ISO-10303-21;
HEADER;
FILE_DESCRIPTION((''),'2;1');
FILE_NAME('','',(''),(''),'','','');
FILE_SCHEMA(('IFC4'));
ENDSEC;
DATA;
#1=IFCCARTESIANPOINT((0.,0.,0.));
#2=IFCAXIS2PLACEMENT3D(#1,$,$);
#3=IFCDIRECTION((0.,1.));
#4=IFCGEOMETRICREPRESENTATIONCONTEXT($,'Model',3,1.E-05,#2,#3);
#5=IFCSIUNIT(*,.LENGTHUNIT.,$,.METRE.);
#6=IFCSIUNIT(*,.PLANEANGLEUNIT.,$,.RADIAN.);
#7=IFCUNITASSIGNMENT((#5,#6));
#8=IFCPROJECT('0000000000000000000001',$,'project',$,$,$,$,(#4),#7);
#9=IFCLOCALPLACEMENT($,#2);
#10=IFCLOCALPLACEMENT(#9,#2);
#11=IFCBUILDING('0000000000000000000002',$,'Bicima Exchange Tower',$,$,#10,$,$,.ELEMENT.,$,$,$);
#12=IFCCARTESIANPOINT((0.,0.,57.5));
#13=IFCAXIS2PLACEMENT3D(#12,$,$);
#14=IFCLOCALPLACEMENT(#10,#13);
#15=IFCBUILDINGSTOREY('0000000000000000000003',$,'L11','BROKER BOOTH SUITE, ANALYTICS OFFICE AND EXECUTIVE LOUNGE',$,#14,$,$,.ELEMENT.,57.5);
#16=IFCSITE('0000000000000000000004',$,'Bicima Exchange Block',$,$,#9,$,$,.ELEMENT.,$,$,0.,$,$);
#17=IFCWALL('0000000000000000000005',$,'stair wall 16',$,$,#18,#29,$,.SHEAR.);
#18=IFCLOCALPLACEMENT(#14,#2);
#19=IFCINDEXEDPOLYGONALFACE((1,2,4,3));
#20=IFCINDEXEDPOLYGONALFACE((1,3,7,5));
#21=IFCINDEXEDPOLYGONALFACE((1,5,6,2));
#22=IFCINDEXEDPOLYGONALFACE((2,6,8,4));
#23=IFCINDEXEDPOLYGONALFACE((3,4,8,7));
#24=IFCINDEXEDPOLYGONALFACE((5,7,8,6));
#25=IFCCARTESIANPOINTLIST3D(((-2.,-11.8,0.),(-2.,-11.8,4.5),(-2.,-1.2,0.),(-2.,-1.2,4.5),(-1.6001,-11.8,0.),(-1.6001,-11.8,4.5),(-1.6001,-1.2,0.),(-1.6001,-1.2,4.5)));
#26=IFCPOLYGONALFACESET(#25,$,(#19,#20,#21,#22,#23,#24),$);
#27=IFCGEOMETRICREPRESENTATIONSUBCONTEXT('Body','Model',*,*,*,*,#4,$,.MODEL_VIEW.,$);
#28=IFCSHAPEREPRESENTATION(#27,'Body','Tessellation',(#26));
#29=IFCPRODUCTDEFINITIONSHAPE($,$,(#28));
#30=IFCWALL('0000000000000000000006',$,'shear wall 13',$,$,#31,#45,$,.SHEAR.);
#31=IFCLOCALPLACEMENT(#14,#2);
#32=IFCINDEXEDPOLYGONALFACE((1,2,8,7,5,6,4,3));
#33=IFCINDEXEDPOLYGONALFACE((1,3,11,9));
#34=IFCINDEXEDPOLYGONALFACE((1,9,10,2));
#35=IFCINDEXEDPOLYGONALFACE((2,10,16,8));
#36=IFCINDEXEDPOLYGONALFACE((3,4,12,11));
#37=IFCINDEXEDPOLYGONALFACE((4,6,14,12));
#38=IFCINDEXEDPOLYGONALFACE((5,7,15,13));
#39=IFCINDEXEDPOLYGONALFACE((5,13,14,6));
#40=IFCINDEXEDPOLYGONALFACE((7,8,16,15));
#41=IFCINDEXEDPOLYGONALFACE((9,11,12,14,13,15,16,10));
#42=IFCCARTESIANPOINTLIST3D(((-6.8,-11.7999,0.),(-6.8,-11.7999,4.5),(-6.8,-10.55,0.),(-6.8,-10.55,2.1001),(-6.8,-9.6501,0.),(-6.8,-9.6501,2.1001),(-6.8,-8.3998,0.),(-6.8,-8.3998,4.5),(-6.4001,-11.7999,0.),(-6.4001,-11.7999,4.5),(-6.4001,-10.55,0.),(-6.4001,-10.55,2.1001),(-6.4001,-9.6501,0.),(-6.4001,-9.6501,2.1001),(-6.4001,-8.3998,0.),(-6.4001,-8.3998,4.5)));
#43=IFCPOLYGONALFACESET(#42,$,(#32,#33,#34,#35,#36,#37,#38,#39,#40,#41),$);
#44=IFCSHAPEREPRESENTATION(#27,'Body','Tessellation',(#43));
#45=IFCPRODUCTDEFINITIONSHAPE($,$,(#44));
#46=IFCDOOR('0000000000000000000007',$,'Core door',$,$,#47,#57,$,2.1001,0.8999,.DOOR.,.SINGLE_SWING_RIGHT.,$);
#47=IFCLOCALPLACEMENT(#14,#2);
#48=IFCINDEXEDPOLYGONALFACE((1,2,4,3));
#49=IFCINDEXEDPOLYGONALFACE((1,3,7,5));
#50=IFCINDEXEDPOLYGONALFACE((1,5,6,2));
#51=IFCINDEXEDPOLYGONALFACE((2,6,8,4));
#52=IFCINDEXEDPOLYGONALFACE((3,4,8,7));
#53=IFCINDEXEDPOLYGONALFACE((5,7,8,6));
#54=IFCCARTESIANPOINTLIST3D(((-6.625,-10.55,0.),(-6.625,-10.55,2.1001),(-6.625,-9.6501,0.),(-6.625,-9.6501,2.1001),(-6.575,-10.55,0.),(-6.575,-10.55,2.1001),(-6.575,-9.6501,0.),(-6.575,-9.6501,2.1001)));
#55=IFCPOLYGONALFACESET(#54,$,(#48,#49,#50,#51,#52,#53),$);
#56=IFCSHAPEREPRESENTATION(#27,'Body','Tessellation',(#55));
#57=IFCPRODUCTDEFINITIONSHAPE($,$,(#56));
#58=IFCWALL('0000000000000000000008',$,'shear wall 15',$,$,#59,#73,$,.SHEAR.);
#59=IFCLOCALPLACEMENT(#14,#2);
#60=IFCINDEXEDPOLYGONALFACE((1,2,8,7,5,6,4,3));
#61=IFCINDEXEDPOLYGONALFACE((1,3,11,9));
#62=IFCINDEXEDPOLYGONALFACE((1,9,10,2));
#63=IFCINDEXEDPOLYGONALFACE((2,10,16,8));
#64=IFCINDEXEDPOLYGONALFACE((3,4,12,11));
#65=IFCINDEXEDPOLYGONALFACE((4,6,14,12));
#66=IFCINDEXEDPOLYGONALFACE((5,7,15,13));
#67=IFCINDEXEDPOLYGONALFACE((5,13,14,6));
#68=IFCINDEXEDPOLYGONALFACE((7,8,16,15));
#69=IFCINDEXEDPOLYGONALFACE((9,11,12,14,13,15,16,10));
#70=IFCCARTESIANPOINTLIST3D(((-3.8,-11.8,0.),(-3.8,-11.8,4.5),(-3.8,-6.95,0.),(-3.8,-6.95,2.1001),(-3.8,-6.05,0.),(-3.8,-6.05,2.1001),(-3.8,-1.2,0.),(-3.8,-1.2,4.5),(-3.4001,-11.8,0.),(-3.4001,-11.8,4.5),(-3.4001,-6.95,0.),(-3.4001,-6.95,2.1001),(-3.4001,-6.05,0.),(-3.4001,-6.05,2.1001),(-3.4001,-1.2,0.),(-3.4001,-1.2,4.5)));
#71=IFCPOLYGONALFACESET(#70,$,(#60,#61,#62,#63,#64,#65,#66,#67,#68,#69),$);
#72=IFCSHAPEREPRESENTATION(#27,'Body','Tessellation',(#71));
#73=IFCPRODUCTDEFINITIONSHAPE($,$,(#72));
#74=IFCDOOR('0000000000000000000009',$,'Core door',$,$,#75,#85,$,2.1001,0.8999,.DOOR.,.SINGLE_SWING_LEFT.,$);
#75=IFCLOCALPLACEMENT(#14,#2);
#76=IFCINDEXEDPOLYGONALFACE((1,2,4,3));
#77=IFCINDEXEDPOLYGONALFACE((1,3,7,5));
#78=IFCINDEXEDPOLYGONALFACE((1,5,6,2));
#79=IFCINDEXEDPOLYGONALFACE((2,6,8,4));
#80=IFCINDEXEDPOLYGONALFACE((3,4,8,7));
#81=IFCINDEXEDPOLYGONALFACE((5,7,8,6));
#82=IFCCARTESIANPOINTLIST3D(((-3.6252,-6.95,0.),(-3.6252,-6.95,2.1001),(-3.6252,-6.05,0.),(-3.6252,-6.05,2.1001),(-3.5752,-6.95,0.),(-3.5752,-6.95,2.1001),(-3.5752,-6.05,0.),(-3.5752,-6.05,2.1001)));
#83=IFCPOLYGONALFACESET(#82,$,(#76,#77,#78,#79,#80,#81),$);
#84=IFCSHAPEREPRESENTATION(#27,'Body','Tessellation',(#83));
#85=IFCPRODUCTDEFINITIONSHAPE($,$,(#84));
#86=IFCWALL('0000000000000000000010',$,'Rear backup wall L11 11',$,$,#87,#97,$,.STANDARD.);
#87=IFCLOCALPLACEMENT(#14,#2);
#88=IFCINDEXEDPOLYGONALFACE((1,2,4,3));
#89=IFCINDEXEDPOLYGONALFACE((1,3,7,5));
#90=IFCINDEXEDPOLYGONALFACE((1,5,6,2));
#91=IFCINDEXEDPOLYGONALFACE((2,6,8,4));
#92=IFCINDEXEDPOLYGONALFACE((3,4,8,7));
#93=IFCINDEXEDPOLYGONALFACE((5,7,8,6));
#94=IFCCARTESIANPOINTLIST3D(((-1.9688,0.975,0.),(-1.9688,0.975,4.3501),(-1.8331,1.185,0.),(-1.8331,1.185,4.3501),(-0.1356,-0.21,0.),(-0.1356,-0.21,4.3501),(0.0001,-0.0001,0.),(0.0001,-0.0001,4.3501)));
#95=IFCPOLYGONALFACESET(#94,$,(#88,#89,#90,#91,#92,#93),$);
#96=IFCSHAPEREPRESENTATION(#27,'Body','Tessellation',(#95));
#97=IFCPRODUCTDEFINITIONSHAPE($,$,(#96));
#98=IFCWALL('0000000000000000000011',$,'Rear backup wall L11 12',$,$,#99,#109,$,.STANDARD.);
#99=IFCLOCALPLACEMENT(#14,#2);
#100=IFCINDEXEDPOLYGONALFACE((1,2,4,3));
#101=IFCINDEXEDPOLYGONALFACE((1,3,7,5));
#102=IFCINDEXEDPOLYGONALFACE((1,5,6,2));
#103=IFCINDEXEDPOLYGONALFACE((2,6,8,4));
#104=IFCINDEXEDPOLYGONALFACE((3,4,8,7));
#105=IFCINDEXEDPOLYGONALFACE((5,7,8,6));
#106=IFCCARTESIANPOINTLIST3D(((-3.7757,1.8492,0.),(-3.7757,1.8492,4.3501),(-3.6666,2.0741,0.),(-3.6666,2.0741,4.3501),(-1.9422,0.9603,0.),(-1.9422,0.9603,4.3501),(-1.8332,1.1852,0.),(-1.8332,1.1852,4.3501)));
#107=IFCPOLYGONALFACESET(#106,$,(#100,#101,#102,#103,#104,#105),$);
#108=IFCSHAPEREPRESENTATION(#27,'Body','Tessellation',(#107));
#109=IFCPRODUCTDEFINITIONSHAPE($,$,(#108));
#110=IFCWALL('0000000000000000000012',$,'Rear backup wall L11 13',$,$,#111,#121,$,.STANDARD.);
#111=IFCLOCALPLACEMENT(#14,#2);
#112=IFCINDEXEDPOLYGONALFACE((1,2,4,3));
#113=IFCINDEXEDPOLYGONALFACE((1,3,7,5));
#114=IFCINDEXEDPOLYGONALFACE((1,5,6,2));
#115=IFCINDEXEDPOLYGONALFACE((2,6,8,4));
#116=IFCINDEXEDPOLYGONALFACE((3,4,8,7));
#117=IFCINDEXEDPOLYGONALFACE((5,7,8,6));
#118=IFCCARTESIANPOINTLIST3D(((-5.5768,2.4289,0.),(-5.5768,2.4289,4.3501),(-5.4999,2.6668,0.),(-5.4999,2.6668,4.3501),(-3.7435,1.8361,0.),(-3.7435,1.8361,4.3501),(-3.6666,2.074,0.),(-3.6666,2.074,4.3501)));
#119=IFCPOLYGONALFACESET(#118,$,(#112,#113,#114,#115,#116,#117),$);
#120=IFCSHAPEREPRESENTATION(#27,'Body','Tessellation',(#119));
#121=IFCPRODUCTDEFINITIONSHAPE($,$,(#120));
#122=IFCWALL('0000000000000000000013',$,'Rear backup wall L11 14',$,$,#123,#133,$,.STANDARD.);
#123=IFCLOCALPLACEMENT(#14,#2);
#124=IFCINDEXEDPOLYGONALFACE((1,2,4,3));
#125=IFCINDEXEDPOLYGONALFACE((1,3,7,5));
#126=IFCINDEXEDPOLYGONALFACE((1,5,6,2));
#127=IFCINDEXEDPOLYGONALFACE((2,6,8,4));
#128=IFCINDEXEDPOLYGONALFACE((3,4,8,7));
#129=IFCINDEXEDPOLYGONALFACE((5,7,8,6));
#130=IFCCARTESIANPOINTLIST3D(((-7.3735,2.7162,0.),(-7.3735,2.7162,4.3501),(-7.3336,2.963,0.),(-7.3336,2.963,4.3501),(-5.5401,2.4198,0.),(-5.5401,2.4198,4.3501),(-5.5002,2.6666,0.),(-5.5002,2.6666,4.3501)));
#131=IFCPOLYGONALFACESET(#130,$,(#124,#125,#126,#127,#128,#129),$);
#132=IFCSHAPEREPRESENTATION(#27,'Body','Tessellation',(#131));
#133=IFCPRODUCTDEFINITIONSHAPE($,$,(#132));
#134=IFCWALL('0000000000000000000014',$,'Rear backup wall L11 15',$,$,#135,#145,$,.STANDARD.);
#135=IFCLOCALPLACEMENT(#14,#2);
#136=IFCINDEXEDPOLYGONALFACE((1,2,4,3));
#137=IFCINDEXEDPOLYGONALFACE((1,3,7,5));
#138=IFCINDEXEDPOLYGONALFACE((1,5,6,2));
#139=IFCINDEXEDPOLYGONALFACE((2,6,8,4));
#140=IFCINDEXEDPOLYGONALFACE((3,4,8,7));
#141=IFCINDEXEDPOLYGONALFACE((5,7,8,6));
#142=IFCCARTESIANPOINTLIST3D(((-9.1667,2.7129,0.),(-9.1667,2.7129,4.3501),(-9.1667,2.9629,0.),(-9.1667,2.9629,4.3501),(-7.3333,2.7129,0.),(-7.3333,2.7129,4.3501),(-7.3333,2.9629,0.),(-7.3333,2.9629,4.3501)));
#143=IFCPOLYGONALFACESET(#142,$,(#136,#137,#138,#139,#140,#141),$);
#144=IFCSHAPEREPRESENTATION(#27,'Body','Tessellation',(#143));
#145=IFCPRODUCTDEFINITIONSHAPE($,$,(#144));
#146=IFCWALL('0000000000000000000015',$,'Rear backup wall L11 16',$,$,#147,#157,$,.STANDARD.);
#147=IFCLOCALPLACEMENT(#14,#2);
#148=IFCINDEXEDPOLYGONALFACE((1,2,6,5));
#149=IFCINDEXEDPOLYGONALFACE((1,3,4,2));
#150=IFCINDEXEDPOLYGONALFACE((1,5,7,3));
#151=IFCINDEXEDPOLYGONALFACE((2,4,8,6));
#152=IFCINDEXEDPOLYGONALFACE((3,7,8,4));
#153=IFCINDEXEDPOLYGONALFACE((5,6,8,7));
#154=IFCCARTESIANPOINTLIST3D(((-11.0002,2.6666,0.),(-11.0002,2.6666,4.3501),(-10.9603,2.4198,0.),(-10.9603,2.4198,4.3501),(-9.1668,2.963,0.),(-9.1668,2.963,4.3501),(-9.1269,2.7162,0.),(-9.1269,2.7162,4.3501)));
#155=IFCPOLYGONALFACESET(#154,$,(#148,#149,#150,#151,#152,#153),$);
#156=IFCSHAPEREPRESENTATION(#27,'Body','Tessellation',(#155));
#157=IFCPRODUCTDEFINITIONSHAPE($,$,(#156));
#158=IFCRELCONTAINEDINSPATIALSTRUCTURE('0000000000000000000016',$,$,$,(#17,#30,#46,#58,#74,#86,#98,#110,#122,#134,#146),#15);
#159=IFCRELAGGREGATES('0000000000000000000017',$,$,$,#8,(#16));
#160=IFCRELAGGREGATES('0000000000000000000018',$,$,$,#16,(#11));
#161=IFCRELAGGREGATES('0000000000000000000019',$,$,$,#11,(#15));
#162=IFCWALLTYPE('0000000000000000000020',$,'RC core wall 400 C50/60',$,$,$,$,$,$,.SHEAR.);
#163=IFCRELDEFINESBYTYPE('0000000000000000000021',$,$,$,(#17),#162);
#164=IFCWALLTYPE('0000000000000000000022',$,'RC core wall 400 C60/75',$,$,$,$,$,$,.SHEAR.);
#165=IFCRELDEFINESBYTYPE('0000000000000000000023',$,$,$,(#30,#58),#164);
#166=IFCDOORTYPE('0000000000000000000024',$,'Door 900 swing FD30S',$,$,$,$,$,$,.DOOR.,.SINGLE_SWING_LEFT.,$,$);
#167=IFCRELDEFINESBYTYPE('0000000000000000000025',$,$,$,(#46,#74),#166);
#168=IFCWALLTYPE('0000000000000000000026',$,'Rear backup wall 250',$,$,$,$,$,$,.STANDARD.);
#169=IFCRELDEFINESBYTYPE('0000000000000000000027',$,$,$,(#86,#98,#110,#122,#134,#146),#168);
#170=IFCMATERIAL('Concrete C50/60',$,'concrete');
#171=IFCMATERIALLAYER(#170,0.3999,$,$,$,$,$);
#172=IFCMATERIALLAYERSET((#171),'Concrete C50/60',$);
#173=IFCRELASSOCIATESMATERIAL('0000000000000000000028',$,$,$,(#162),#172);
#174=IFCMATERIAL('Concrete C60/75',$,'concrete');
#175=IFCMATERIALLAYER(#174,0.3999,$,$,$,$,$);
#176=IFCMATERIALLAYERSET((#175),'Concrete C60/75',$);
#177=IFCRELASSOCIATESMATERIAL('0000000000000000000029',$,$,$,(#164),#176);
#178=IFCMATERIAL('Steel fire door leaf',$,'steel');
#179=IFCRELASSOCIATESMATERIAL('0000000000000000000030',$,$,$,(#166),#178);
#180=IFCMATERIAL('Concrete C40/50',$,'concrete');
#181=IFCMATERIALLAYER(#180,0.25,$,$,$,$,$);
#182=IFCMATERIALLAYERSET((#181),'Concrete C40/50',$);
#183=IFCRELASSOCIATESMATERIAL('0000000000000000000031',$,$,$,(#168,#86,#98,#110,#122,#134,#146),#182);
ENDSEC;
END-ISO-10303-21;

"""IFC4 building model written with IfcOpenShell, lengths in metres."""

from ifc_helpers import new_model, si_unit, direction, frame, frame_2d, origin, place, context, subcontext, project, spatial, rectangle, extrude, material, layer, layer_set, layer_usage, type_object, element, fill, save


model = new_model("IFC4")

# Units and contexts
model_context = context("Model", 3, precision=1e-05, world=origin(), true_north=direction((0.0, 1.0)))
body_context = subcontext(model_context, "Body", "Model", "MODEL_VIEW")
ifc_project = project(units=[si_unit("LENGTHUNIT", "METRE"), si_unit("PLANEANGLEUNIT", "RADIAN")], contexts=[model_context])

# Site, building, storey
site_placement = place(None, origin())
site = spatial("IfcSite", under=ifc_project, at=site_placement, Name="Bicima Exchange Block", CompositionType="ELEMENT", RefElevation=0.0)
building_placement = place(site_placement, origin())
building = spatial("IfcBuilding", under=site, at=building_placement, Name="Bicima Exchange Tower", CompositionType="ELEMENT")
storey_placement = place(building_placement, frame((0.0, 0.0, 57.5)))
storey = spatial("IfcBuildingStorey", under=building, at=storey_placement, Name="L11", Description="BROKER BOOTH SUITE, ANALYTICS OFFICE AND EXECUTIVE LOUNGE", CompositionType="ELEMENT", Elevation=57.5)

# Shared definitions
ifc_material_1 = material(Name="Concrete C40/50", Category="concrete")

# Shared definitions
ifc_material_2 = material(Name="Concrete C50/60", Category="concrete")
ifc_layer_1 = layer(ifc_material_2, 0.3999)
ifc_layer_set_1 = layer_set([ifc_layer_1], Name="Concrete C50/60")
wall_type_1 = type_object("IfcWallType", Name="RC core wall 400 C50/60", PredefinedType="SHEAR", material=ifc_layer_set_1)
ifc_material_3 = material(Name="Steel fire door leaf", Category="steel")

# Wall
wall_1_placement = place(storey_placement, frame((-1.8, -11.8, 0.0), z_axis=(0.0, 0.0, 1.0), x_axis=(0.0, 1.0, 0.0)))
element("IfcWall", 1, at=wall_1_placement, inside=storey, type_object=wall_type_1, Name="stair wall 16", PredefinedType="SHEAR", context=body_context, shape_type="SweptSolid", body=[
    extrude(rectangle(XDim=10.6001, YDim=0.3999, at=frame_2d((5.3, 0.0))), origin(), (0.0, 0.0, 1.0), 4.5),
])

# Walls, openings, doors
ifc_material_4 = material(Name="Concrete C60/75", Category="concrete")
ifc_layer_2 = layer(ifc_material_4, 0.3999)
ifc_layer_set_2 = layer_set([ifc_layer_2], Name="Concrete C60/75")
wall_type_2 = type_object("IfcWallType", Name="RC core wall 400 C60/75", PredefinedType="SHEAR", material=ifc_layer_set_2)
wall_2_placement = place(storey_placement, frame((-6.6001, -11.8, 0.0), z_axis=(0.0, 0.0, 1.0), x_axis=(0.0, 1.0, 0.0)))
wall_2 = element("IfcWall", 2, at=wall_2_placement, inside=storey, type_object=wall_type_2, Name="shear wall 13", PredefinedType="SHEAR", context=body_context, shape_type="SweptSolid", body=[
    extrude(rectangle(XDim=3.4001, YDim=0.3999, at=frame_2d((1.7002, 0.0))), origin(), (0.0, 0.0, 1.0), 4.5),
])
opening_1_placement = place(wall_2_placement, frame((1.25, 0.0, 0.0)))
opening_1 = element("IfcOpeningElement", 3, at=opening_1_placement, cuts=wall_2, PredefinedType="OPENING", context=body_context, shape_type="SweptSolid", body=[
    extrude(rectangle(XDim=0.8999, YDim=2.1001, at=frame_2d((0.45, 1.05))), frame((0.0, 0.2119, 0.0), z_axis=(0.0, -1.0, 0.0), x_axis=(1.0, 0.0, 0.0)), (0.0, 0.0, 1.0), 0.4238),
])
door_type_1 = type_object("IfcDoorType", Name="Door 900 swing FD30S", OperationType="SINGLE_SWING_LEFT", PredefinedType="DOOR", material=ifc_material_3)
door_1_placement = place(opening_1_placement, origin())
door_1 = element("IfcDoor", 4, at=door_1_placement, inside=storey, type_object=door_type_1, Name="Core door", OperationType="SINGLE_SWING_RIGHT", OverallHeight=2.1001, OverallWidth=0.8999, PredefinedType="DOOR", context=body_context, shape_type="SweptSolid", body=[
    extrude(rectangle(XDim=0.8999, YDim=2.1001, at=frame_2d((0.45, 1.05))), frame((0.0, 0.0249, 0.0), z_axis=(0.0, -1.0, 0.0), x_axis=(1.0, 0.0, 0.0)), (0.0, 0.0, 1.0), 0.05),
])
fill(opening_1, door_1)
wall_3_placement = place(storey_placement, frame((-3.6001, -11.8, 0.0), z_axis=(0.0, 0.0, 1.0), x_axis=(0.0, 1.0, 0.0)))
wall_3 = element("IfcWall", 5, at=wall_3_placement, inside=storey, type_object=wall_type_2, Name="shear wall 15", PredefinedType="SHEAR", context=body_context, shape_type="SweptSolid", body=[
    extrude(rectangle(XDim=10.6001, YDim=0.3999, at=frame_2d((5.3, 0.0))), origin(), (0.0, 0.0, 1.0), 4.5),
])
opening_2_placement = place(wall_3_placement, frame((4.8501, 0.0, 0.0)))
opening_2 = element("IfcOpeningElement", 6, at=opening_2_placement, cuts=wall_3, PredefinedType="OPENING", context=body_context, shape_type="SweptSolid", body=[
    extrude(rectangle(XDim=0.8999, YDim=2.1001, at=frame_2d((0.45, 1.05))), frame((0.0, 0.2119, 0.0), z_axis=(0.0, -1.0, 0.0), x_axis=(1.0, 0.0, 0.0)), (0.0, 0.0, 1.0), 0.4238),
])
door_2_placement = place(opening_2_placement, frame((0.8999, 0.0, 0.0), z_axis=(0.0, 0.0, 1.0), x_axis=(-1.0, 0.0, 0.0)))
door_2 = element("IfcDoor", 7, at=door_2_placement, inside=storey, type_object=door_type_1, Name="Core door", OperationType="SINGLE_SWING_LEFT", OverallHeight=2.1001, OverallWidth=0.8999, PredefinedType="DOOR", context=body_context, shape_type="SweptSolid", body=[
    extrude(rectangle(XDim=0.8999, YDim=2.1001, at=frame_2d((0.45, 1.05))), frame((0.0, 0.0249, 0.0), z_axis=(0.0, -1.0, 0.0), x_axis=(1.0, 0.0, 0.0)), (0.0, 0.0, 1.0), 0.05),
])
fill(opening_2, door_2)

# Walls
ifc_layer_3 = layer(ifc_material_1, 0.25)
ifc_layer_set_3 = layer_set([ifc_layer_3], Name="Concrete C40/50")
ifc_layer_usage = layer_usage(ifc_layer_set_3, "AXIS2", "POSITIVE", -0.125)
wall_type_3 = type_object("IfcWallType", Name="Rear backup wall 250", PredefinedType="STANDARD", material=ifc_layer_set_3)
wall_4_placement = place(storey_placement, frame((-0.0679, -0.105, 0.0), z_axis=(0.0, 0.0, 1.0), x_axis=(-0.839813, 0.542876, 0.0)))
element("IfcWall", 8, at=wall_4_placement, inside=storey, type_object=wall_type_3, material=ifc_layer_usage, Name="Rear backup wall L11 11", PredefinedType="STANDARD", context=body_context, shape_type="SweptSolid", body=[
    extrude(rectangle(XDim=2.1829, YDim=0.25, at=frame_2d((1.0913, 0.0))), origin(), (0.0, 0.0, 1.0), 4.3501),
])
wall_5_placement = place(storey_placement, frame((-1.8877, 1.0728, 0.0), z_axis=(0.0, 0.0, 1.0), x_axis=(-0.899824, 0.436253, 0.0)))
element("IfcWall", 9, at=wall_5_placement, inside=storey, type_object=wall_type_3, material=ifc_layer_usage, Name="Rear backup wall L11 12", PredefinedType="STANDARD", context=body_context, shape_type="SweptSolid", body=[
    extrude(rectangle(XDim=2.0376, YDim=0.25, at=frame_2d((1.0188, 0.0))), origin(), (0.0, 0.0, 1.0), 4.3501),
])
wall_6_placement = place(storey_placement, frame((-3.7051, 1.9551, 0.0), z_axis=(0.0, 0.0, 1.0), x_axis=(-0.951496, 0.307662, 0.0)))
element("IfcWall", 10, at=wall_6_placement, inside=storey, type_object=wall_type_3, material=ifc_layer_usage, Name="Rear backup wall L11 13", PredefinedType="STANDARD", context=body_context, shape_type="SweptSolid", body=[
    extrude(rectangle(XDim=1.9268, YDim=0.25, at=frame_2d((0.9634, 0.0))), origin(), (0.0, 0.0, 1.0), 4.3501),
])
wall_7_placement = place(storey_placement, frame((-5.52, 2.5432, 0.0), z_axis=(0.0, 0.0, 1.0), x_axis=(-0.987182, 0.1596, 0.0)))
element("IfcWall", 11, at=wall_7_placement, inside=storey, type_object=wall_type_3, material=ifc_layer_usage, Name="Rear backup wall L11 14", PredefinedType="STANDARD", context=body_context, shape_type="SweptSolid", body=[
    extrude(rectangle(XDim=1.8572, YDim=0.25, at=frame_2d((0.9287, 0.0))), origin(), (0.0, 0.0, 1.0), 4.3501),
])
wall_8_placement = place(storey_placement, frame((-7.3333, 2.8379, 0.0), z_axis=(0.0, 0.0, 1.0), x_axis=(-1.0, 0.0, 0.0)))
element("IfcWall", 12, at=wall_8_placement, inside=storey, type_object=wall_type_3, material=ifc_layer_usage, Name="Rear backup wall L11 15", PredefinedType="STANDARD", context=body_context, shape_type="SweptSolid", body=[
    extrude(rectangle(XDim=1.8335, YDim=0.25, at=frame_2d((0.9167, 0.0))), origin(), (0.0, 0.0, 1.0), 4.3501),
])
wall_9_placement = place(storey_placement, frame((-9.1467, 2.8396, 0.0), z_axis=(0.0, 0.0, 1.0), x_axis=(-0.987182, -0.1596, 0.0)))
element("IfcWall", 13, at=wall_9_placement, inside=storey, type_object=wall_type_3, material=ifc_layer_usage, Name="Rear backup wall L11 16", PredefinedType="STANDARD", context=body_context, shape_type="SweptSolid", body=[
    extrude(rectangle(XDim=1.8572, YDim=0.25, at=frame_2d((0.9287, 0.0))), origin(), (0.0, 0.0, 1.0), 4.3501),
])

save(model, "model.ifc")
